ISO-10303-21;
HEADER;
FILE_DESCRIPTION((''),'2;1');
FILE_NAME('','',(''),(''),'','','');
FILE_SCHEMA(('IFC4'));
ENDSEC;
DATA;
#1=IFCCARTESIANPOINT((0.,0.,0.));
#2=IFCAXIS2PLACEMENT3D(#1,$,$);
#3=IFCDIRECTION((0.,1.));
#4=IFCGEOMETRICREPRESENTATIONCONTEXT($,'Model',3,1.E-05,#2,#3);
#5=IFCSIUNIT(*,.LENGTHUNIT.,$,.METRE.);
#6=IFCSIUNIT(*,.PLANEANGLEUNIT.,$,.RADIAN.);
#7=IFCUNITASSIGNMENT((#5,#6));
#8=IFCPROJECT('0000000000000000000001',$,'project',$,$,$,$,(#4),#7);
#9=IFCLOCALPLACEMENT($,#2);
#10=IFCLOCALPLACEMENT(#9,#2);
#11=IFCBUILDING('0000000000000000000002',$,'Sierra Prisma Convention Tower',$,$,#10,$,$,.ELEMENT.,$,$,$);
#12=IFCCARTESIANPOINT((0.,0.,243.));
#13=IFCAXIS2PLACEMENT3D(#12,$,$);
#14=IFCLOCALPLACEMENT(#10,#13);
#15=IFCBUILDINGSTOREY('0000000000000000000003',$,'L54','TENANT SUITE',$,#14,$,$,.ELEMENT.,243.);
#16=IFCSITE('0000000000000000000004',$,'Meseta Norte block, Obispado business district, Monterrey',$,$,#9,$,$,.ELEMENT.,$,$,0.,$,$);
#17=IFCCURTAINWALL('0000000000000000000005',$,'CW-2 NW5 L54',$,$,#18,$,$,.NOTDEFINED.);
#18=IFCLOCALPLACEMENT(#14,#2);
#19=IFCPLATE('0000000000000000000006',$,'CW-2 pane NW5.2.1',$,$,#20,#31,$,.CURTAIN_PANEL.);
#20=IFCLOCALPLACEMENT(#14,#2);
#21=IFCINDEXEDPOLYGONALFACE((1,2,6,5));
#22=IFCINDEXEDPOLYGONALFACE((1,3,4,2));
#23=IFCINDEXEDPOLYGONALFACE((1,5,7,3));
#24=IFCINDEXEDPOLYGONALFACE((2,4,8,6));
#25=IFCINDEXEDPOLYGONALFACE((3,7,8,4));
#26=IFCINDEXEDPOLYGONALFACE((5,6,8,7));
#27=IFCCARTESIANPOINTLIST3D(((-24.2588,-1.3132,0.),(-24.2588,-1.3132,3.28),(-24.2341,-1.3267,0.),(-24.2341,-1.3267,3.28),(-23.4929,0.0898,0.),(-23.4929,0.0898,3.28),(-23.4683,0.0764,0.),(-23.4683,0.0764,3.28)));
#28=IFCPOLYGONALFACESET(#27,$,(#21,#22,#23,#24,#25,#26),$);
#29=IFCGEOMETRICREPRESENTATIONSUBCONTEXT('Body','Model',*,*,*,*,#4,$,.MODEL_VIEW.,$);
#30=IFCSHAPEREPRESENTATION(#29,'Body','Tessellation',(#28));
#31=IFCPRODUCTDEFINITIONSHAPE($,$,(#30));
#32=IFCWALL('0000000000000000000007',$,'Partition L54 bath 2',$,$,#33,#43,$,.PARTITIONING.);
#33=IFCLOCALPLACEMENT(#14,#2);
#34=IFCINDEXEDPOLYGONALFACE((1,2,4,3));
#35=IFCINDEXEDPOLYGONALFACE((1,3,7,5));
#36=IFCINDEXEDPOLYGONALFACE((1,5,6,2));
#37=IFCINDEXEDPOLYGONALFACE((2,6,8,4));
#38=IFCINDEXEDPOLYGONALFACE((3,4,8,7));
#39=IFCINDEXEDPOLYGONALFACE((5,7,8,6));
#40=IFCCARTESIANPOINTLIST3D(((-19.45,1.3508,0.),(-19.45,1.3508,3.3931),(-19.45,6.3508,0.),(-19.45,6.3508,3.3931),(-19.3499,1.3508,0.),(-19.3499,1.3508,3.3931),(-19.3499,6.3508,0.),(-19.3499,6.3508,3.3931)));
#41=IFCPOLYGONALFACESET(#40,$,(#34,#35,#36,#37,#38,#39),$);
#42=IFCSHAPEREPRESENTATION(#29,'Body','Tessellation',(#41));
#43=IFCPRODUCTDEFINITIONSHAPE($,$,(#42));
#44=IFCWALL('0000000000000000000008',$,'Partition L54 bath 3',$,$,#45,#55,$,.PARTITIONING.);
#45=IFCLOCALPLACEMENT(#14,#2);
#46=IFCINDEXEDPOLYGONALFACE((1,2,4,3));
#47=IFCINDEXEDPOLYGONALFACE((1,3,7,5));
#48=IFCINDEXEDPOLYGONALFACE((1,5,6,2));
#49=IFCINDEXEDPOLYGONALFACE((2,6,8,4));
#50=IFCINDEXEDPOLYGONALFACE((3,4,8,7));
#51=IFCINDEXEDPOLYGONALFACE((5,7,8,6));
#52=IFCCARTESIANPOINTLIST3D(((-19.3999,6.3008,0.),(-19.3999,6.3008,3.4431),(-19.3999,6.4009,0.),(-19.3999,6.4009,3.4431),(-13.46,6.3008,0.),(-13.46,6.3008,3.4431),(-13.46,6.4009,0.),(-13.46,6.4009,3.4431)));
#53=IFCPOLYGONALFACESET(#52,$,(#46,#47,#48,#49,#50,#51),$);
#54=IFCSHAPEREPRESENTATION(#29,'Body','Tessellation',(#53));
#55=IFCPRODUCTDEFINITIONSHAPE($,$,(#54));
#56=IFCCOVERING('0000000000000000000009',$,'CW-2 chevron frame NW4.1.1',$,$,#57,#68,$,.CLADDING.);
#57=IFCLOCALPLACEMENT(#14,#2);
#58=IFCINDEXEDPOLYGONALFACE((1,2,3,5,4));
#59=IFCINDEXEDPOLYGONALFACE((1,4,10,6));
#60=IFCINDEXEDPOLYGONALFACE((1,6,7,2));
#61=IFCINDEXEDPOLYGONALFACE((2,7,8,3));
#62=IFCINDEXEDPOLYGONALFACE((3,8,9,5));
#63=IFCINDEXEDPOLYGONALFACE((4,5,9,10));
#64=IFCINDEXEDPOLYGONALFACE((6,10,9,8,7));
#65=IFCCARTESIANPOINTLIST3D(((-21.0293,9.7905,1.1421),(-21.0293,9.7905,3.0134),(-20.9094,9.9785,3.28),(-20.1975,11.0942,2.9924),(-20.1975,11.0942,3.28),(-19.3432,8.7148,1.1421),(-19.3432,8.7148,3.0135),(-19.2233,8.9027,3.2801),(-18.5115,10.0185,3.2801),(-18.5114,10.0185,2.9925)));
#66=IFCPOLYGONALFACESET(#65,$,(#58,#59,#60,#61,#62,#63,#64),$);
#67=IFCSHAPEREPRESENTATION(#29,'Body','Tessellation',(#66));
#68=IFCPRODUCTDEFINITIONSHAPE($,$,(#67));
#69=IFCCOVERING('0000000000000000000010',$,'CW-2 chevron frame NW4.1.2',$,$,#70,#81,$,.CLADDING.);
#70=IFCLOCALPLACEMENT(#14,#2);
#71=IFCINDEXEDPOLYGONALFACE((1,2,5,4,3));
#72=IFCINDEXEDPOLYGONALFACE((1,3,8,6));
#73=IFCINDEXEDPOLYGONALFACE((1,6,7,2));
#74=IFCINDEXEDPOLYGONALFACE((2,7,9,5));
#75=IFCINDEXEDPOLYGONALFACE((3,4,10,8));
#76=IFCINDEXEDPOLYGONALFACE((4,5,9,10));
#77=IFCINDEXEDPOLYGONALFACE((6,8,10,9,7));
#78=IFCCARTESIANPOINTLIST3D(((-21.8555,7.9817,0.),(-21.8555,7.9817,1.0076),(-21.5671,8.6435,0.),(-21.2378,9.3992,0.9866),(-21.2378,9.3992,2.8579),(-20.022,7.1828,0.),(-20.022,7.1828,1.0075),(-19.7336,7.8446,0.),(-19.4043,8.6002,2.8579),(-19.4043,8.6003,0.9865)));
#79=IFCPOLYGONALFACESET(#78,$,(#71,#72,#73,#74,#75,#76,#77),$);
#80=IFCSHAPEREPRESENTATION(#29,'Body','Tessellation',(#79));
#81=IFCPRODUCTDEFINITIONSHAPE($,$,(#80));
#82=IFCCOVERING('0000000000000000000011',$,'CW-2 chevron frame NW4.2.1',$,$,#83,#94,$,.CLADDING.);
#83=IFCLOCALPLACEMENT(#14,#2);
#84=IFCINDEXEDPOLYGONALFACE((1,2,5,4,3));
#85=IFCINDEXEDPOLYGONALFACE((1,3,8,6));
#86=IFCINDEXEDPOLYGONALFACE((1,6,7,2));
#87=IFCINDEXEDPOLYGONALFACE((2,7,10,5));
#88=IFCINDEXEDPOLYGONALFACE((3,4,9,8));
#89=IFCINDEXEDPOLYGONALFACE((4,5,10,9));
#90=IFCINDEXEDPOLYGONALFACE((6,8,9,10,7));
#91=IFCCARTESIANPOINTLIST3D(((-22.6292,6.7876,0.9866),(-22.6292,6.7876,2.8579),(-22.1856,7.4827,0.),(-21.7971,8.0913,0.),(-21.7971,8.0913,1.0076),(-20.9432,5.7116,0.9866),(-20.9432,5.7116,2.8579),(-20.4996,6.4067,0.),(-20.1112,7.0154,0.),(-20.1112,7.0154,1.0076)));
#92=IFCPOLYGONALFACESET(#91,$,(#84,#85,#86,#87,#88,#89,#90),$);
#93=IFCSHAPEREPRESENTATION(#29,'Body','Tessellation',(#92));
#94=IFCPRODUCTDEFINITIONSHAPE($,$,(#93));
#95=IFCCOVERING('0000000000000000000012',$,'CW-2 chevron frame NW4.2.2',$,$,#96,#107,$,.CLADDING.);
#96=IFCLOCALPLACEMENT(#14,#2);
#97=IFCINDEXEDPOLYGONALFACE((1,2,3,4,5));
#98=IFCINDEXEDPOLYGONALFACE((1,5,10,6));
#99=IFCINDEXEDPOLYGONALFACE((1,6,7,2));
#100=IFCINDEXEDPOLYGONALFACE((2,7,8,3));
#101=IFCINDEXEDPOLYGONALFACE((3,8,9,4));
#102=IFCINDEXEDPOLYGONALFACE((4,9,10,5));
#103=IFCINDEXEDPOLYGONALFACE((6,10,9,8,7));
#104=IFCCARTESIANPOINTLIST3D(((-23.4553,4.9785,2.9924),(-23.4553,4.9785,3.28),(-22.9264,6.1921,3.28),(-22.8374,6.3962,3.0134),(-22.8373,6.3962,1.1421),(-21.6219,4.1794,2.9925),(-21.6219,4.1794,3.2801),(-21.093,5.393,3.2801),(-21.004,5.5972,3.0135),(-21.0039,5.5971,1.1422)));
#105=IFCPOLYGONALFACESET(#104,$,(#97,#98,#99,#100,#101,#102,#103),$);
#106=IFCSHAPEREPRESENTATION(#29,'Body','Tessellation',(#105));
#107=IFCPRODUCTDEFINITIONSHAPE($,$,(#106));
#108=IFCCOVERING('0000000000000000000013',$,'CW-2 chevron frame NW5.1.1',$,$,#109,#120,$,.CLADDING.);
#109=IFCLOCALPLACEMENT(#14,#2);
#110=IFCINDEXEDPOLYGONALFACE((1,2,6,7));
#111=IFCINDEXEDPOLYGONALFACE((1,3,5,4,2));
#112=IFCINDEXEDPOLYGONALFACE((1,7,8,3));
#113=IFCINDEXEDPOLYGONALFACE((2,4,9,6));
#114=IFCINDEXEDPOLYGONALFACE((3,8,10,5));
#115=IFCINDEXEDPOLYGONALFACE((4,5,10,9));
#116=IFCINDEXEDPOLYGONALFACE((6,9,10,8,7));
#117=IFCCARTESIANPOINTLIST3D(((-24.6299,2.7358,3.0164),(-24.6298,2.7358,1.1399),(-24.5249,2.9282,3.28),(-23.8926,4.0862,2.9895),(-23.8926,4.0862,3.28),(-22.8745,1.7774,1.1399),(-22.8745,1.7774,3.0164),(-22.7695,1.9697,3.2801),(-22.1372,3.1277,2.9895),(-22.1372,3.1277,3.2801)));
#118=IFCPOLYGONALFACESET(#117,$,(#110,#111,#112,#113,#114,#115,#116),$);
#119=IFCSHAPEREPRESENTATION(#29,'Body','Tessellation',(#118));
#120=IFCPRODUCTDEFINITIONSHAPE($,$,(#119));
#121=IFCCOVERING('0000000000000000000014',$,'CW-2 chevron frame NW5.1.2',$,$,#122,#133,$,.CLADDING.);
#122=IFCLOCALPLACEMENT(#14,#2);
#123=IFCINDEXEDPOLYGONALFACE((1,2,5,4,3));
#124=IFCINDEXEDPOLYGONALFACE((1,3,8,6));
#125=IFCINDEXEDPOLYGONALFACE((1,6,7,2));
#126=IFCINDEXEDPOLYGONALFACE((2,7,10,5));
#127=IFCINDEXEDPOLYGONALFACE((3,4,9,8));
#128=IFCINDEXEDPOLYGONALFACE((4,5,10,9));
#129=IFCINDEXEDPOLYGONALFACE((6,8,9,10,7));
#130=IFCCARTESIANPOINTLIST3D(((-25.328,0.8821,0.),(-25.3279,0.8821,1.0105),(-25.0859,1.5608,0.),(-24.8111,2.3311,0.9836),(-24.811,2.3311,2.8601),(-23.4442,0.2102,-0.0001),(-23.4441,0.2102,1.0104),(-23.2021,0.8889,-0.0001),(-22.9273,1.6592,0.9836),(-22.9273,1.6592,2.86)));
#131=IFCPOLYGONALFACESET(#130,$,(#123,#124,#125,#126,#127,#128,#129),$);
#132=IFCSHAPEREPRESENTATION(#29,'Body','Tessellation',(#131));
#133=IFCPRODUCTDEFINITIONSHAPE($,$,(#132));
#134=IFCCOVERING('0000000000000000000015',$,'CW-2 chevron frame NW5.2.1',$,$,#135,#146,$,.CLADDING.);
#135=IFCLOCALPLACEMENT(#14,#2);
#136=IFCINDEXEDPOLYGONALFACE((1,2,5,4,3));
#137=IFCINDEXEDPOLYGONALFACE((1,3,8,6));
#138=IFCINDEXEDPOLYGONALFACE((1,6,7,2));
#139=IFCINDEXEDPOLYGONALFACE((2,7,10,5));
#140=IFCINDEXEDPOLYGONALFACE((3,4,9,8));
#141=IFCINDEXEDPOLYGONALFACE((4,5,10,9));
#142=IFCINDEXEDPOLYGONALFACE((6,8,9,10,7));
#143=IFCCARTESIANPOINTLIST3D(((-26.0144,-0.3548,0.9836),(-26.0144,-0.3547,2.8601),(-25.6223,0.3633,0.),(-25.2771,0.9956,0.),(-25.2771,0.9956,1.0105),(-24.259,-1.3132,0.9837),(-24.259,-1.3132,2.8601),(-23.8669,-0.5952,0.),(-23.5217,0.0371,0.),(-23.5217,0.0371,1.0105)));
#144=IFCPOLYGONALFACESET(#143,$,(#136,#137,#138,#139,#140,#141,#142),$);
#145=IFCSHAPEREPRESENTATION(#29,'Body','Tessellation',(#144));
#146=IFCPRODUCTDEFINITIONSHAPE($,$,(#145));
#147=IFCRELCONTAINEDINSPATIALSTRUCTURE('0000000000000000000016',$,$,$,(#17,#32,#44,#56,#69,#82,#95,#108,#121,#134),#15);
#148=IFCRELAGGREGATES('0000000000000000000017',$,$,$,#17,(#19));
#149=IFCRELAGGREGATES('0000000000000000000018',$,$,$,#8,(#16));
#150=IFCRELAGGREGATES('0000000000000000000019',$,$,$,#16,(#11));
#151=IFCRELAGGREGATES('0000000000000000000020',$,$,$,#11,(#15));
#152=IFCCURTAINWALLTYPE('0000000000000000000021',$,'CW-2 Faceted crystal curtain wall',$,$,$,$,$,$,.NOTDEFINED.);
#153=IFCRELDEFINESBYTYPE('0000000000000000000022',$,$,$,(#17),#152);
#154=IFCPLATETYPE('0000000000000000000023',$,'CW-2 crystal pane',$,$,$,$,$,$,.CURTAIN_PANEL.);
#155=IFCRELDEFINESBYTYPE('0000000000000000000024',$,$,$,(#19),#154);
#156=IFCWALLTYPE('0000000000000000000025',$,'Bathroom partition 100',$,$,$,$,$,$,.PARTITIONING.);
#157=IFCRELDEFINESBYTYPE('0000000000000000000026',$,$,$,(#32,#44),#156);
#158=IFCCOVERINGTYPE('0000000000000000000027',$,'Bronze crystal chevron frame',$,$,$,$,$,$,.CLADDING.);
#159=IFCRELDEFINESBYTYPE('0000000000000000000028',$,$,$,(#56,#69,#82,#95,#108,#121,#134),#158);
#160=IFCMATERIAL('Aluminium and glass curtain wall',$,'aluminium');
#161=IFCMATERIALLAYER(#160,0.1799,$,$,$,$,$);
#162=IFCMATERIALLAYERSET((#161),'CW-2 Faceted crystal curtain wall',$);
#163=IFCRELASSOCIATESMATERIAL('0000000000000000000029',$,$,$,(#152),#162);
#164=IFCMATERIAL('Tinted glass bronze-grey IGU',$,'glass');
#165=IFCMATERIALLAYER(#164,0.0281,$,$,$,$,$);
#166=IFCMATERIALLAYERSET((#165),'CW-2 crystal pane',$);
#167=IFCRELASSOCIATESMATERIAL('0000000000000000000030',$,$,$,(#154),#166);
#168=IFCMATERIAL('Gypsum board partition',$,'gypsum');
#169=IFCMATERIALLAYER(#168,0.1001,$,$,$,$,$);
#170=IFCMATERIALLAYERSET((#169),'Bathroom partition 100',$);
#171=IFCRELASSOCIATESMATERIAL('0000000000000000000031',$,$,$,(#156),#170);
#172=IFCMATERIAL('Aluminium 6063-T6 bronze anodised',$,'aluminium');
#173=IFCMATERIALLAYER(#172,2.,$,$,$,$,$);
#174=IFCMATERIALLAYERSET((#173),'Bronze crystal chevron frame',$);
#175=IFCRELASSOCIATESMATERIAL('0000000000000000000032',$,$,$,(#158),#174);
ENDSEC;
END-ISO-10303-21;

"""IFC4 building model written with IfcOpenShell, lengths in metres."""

from ifc_helpers import new_model, si_unit, direction, frame, frame_2d, origin, place, context, subcontext, project, spatial, polyline, rectangle, outline, extrude, material, layer, layer_set, type_object, element, aggregate, save


model = new_model("IFC4")

# Units and contexts
model_context = context("Model", 3, precision=1e-05, world=origin(), true_north=direction((0.0, 1.0)))
body_context = subcontext(model_context, "Body", "Model", "MODEL_VIEW")
ifc_project = project(units=[si_unit("LENGTHUNIT", "METRE"), si_unit("PLANEANGLEUNIT", "RADIAN")], contexts=[model_context])

# Site, building, storey
site_placement = place(None, origin())
site = spatial("IfcSite", under=ifc_project, at=site_placement, Name="Meseta Norte block, Obispado business district, Monterrey", CompositionType="ELEMENT", RefElevation=0.0)
building_placement = place(site_placement, origin())
building = spatial("IfcBuilding", under=site, at=building_placement, Name="Sierra Prisma Convention Tower", CompositionType="ELEMENT")
storey_placement = place(building_placement, frame((0.0, 0.0, 243.0)))
storey = spatial("IfcBuildingStorey", under=building, at=storey_placement, Name="L54", Description="TENANT SUITE", CompositionType="ELEMENT", Elevation=243.0)

# Curtain wall
ifc_material_1 = material(Name="Aluminium and glass curtain wall", Category="aluminium")
ifc_layer_1 = layer(ifc_material_1, 0.1799)
ifc_layer_set_1 = layer_set([ifc_layer_1], Name="CW-2 Faceted crystal curtain wall")
curtain_wall_type = type_object("IfcCurtainWallType", Name="CW-2 Faceted crystal curtain wall", PredefinedType="NOTDEFINED", material=ifc_layer_set_1)
curtain_wall_1_placement = place(storey_placement, origin())
curtain_wall_1 = element("IfcCurtainWall", 1, at=curtain_wall_1_placement, inside=storey, type_object=curtain_wall_type, Name="CW-2 NW5 L54", PredefinedType="NOTDEFINED")

# Shared definitions
ifc_material_2 = material(Name="Tinted glass bronze-grey IGU", Category="glass")
ifc_layer_2 = layer(ifc_material_2, 0.0281)
ifc_layer_set_2 = layer_set([ifc_layer_2], Name="CW-2 crystal pane")
plate_type = type_object("IfcPlateType", Name="CW-2 crystal pane", PredefinedType="CURTAIN_PANEL", material=ifc_layer_set_2)

# Plate
plate_1_placement = place(storey_placement, frame((-23.4929, 0.0898, 0.0), z_axis=(-0.87775, 0.47912, 0.0), x_axis=(-0.47912, -0.87775, 0.0)))
plate_1 = element("IfcPlate", 2, at=plate_1_placement, type_object=plate_type, Name="CW-2 pane NW5.2.1", PredefinedType="CURTAIN_PANEL", context=body_context, shape_type="SweptSolid", body=[
    extrude(outline(polyline([(0.0, 0.0), (1.5985, 0.0), (1.5985, 3.28), (0.0, 3.28), (0.0, 0.0)])), origin(), (0.0, 0.0, -1.0), 0.0281),
])
aggregate(curtain_wall_1, [plate_1])

# Walls
ifc_material_3 = material(Name="Gypsum board partition", Category="gypsum")
ifc_layer_3 = layer(ifc_material_3, 0.1001)
ifc_layer_set_3 = layer_set([ifc_layer_3], Name="Bathroom partition 100")
wall_type = type_object("IfcWallType", Name="Bathroom partition 100", PredefinedType="PARTITIONING", material=ifc_layer_set_3)
wall_1_placement = place(storey_placement, frame((-19.3999, 1.3508, 0.0), z_axis=(0.0, 0.0, 1.0), x_axis=(0.0, 1.0, 0.0)))
element("IfcWall", 3, at=wall_1_placement, inside=storey, type_object=wall_type, Name="Partition L54 bath 2", PredefinedType="PARTITIONING", context=body_context, shape_type="SweptSolid", body=[
    extrude(rectangle(XDim=5.0, YDim=0.1001, at=frame_2d((2.5, 0.0))), origin(), (0.0, 0.0, 1.0), 3.3931),
])
wall_2_placement = place(storey_placement, frame((-19.3999, 6.3508, 0.0), z_axis=(0.0, 0.0, 1.0), x_axis=(1.0, 0.0, 0.0)))
element("IfcWall", 4, at=wall_2_placement, inside=storey, type_object=wall_type, Name="Partition L54 bath 3", PredefinedType="PARTITIONING", context=body_context, shape_type="SweptSolid", body=[
    extrude(rectangle(XDim=5.9399, YDim=0.1001, at=frame_2d((2.97, 0.0))), origin(), (0.0, 0.0, 1.0), 3.4431),
])

# Coverings
ifc_material_4 = material(Name="Aluminium 6063-T6 bronze anodised", Category="aluminium")
ifc_layer_4 = layer(ifc_material_4, 2.0)
ifc_layer_set_4 = layer_set([ifc_layer_4], Name="Bronze crystal chevron frame")
covering_type = type_object("IfcCoveringType", Name="Bronze crystal chevron frame", PredefinedType="CLADDING", material=ifc_layer_set_4)
covering_1_placement = place(storey_placement, frame((-20.1975, 11.0942, 3.28), z_axis=(-0.843028, 0.537869, -0.000023), x_axis=(0.00002, -0.000013, -1.0)))
element("IfcCovering", 5, at=covering_1_placement, inside=storey, type_object=covering_type, Name="CW-2 chevron frame NW4.1.1", PredefinedType="CLADDING", context=body_context, shape_type="SweptSolid", body=[
    extrude(outline(polyline([(0.0, 0.0), (0.2876, 0.0), (2.1379, 1.5465), (0.2666, 1.5465), (0.0, 1.3235), (0.0, 0.0)])), origin(), (0.0, 0.0, -1.0), 2.0),
])
covering_2_placement = place(storey_placement, frame((-21.2378, 9.3992, 2.8579), z_axis=(-0.916749, 0.399463, 0.000022), x_axis=(-0.000021, 0.000009, -1.0)))
element("IfcCovering", 6, at=covering_2_placement, inside=storey, type_object=covering_type, Name="CW-2 chevron frame NW4.1.2", PredefinedType="CLADDING", context=body_context, shape_type="SweptSolid", body=[
    extrude(outline(polyline([(0.0, 0.0), (1.8713, 0.0), (2.8579, 0.8243), (2.8579, 1.5462), (1.8503, 1.5462), (0.0, 0.0)])), origin(), (0.0, 0.0, -1.0), 2.0),
])
covering_3_placement = place(storey_placement, frame((-21.7971, 8.0913, 0.0), z_axis=(-0.84296, 0.537977, -0.000002), x_axis=(-0.537977, -0.84296, 0.0)))
element("IfcCovering", 7, at=covering_3_placement, inside=storey, type_object=covering_type, Name="CW-2 chevron frame NW4.2.1", PredefinedType="CLADDING", context=body_context, shape_type="SweptSolid", body=[
    extrude(outline(polyline([(0.0, 0.0), (0.722, 0.0), (1.5466, 0.9866), (1.5466, 2.8579), (0.0, 1.0076), (0.0, 0.0)])), origin(), (0.0, 0.0, -1.0), 2.0),
])
covering_4_placement = place(storey_placement, frame((-23.4553, 4.9785, 3.28), z_axis=(-0.916715, 0.399542, -0.000059), x_axis=(0.399542, 0.916715, 0.0)))
element("IfcCovering", 8, at=covering_4_placement, inside=storey, type_object=covering_type, Name="CW-2 chevron frame NW4.2.2", PredefinedType="CLADDING", context=body_context, shape_type="SweptSolid", body=[
    extrude(outline(polyline([(0.0, 0.0), (1.3238, 0.0), (1.5465, 0.2666), (1.5465, 2.1379), (0.0, 0.2876), (0.0, 0.0)])), origin(), (0.0, 0.0, -1.0), 2.0),
])
covering_5_placement = place(storey_placement, frame((-23.8926, 4.0862, 3.28), z_axis=(-0.877687, 0.479234, -0.000023), x_axis=(0.00002, -0.000011, -1.0)))
element("IfcCovering", 9, at=covering_5_placement, inside=storey, type_object=covering_type, Name="CW-2 chevron frame NW5.1.1", PredefinedType="CLADDING", context=body_context, shape_type="SweptSolid", body=[
    extrude(outline(polyline([(0.0, 0.0), (0.2905, 0.0), (2.1401, 1.5385), (0.2637, 1.5385), (0.0, 1.3194), (0.0, 0.0)])), origin(), (0.0, 0.0, -1.0), 2.0),
])
covering_6_placement = place(storey_placement, frame((-24.811, 2.3311, 2.8601), z_axis=(-0.941884, 0.335939, 0.000043), x_axis=(-0.00004, 0.000014, -1.0)))
element("IfcCovering", 10, at=covering_6_placement, inside=storey, type_object=covering_type, Name="CW-2 chevron frame NW5.1.2", PredefinedType="CLADDING", context=body_context, shape_type="SweptSolid", body=[
    extrude(outline(polyline([(0.0, 0.0), (1.8765, 0.0), (2.8601, 0.8178), (2.8601, 1.5384), (1.8496, 1.5384), (0.0, 0.0)])), origin(), (0.0, 0.0, -1.0), 2.0),
])
covering_7_placement = place(storey_placement, frame((-25.6223, 0.3633, 0.0), z_axis=(-0.877693, 0.479224, -0.000011), x_axis=(-0.306444, -0.561231, 0.768838)))
element("IfcCovering", 11, at=covering_7_placement, inside=storey, type_object=covering_type, Name="CW-2 chevron frame NW5.2.1", PredefinedType="CLADDING", context=body_context, shape_type="SweptSolid", body=[
    extrude(outline(polyline([(0.0, 0.0), (1.2794, 0.0), (2.7221, 1.1999), (0.3162, 1.2), (-0.4607, 0.5539), (0.0, 0.0)])), origin(), (0.0, 0.0, -1.0), 2.0),
])

save(model, "model.ifc")
